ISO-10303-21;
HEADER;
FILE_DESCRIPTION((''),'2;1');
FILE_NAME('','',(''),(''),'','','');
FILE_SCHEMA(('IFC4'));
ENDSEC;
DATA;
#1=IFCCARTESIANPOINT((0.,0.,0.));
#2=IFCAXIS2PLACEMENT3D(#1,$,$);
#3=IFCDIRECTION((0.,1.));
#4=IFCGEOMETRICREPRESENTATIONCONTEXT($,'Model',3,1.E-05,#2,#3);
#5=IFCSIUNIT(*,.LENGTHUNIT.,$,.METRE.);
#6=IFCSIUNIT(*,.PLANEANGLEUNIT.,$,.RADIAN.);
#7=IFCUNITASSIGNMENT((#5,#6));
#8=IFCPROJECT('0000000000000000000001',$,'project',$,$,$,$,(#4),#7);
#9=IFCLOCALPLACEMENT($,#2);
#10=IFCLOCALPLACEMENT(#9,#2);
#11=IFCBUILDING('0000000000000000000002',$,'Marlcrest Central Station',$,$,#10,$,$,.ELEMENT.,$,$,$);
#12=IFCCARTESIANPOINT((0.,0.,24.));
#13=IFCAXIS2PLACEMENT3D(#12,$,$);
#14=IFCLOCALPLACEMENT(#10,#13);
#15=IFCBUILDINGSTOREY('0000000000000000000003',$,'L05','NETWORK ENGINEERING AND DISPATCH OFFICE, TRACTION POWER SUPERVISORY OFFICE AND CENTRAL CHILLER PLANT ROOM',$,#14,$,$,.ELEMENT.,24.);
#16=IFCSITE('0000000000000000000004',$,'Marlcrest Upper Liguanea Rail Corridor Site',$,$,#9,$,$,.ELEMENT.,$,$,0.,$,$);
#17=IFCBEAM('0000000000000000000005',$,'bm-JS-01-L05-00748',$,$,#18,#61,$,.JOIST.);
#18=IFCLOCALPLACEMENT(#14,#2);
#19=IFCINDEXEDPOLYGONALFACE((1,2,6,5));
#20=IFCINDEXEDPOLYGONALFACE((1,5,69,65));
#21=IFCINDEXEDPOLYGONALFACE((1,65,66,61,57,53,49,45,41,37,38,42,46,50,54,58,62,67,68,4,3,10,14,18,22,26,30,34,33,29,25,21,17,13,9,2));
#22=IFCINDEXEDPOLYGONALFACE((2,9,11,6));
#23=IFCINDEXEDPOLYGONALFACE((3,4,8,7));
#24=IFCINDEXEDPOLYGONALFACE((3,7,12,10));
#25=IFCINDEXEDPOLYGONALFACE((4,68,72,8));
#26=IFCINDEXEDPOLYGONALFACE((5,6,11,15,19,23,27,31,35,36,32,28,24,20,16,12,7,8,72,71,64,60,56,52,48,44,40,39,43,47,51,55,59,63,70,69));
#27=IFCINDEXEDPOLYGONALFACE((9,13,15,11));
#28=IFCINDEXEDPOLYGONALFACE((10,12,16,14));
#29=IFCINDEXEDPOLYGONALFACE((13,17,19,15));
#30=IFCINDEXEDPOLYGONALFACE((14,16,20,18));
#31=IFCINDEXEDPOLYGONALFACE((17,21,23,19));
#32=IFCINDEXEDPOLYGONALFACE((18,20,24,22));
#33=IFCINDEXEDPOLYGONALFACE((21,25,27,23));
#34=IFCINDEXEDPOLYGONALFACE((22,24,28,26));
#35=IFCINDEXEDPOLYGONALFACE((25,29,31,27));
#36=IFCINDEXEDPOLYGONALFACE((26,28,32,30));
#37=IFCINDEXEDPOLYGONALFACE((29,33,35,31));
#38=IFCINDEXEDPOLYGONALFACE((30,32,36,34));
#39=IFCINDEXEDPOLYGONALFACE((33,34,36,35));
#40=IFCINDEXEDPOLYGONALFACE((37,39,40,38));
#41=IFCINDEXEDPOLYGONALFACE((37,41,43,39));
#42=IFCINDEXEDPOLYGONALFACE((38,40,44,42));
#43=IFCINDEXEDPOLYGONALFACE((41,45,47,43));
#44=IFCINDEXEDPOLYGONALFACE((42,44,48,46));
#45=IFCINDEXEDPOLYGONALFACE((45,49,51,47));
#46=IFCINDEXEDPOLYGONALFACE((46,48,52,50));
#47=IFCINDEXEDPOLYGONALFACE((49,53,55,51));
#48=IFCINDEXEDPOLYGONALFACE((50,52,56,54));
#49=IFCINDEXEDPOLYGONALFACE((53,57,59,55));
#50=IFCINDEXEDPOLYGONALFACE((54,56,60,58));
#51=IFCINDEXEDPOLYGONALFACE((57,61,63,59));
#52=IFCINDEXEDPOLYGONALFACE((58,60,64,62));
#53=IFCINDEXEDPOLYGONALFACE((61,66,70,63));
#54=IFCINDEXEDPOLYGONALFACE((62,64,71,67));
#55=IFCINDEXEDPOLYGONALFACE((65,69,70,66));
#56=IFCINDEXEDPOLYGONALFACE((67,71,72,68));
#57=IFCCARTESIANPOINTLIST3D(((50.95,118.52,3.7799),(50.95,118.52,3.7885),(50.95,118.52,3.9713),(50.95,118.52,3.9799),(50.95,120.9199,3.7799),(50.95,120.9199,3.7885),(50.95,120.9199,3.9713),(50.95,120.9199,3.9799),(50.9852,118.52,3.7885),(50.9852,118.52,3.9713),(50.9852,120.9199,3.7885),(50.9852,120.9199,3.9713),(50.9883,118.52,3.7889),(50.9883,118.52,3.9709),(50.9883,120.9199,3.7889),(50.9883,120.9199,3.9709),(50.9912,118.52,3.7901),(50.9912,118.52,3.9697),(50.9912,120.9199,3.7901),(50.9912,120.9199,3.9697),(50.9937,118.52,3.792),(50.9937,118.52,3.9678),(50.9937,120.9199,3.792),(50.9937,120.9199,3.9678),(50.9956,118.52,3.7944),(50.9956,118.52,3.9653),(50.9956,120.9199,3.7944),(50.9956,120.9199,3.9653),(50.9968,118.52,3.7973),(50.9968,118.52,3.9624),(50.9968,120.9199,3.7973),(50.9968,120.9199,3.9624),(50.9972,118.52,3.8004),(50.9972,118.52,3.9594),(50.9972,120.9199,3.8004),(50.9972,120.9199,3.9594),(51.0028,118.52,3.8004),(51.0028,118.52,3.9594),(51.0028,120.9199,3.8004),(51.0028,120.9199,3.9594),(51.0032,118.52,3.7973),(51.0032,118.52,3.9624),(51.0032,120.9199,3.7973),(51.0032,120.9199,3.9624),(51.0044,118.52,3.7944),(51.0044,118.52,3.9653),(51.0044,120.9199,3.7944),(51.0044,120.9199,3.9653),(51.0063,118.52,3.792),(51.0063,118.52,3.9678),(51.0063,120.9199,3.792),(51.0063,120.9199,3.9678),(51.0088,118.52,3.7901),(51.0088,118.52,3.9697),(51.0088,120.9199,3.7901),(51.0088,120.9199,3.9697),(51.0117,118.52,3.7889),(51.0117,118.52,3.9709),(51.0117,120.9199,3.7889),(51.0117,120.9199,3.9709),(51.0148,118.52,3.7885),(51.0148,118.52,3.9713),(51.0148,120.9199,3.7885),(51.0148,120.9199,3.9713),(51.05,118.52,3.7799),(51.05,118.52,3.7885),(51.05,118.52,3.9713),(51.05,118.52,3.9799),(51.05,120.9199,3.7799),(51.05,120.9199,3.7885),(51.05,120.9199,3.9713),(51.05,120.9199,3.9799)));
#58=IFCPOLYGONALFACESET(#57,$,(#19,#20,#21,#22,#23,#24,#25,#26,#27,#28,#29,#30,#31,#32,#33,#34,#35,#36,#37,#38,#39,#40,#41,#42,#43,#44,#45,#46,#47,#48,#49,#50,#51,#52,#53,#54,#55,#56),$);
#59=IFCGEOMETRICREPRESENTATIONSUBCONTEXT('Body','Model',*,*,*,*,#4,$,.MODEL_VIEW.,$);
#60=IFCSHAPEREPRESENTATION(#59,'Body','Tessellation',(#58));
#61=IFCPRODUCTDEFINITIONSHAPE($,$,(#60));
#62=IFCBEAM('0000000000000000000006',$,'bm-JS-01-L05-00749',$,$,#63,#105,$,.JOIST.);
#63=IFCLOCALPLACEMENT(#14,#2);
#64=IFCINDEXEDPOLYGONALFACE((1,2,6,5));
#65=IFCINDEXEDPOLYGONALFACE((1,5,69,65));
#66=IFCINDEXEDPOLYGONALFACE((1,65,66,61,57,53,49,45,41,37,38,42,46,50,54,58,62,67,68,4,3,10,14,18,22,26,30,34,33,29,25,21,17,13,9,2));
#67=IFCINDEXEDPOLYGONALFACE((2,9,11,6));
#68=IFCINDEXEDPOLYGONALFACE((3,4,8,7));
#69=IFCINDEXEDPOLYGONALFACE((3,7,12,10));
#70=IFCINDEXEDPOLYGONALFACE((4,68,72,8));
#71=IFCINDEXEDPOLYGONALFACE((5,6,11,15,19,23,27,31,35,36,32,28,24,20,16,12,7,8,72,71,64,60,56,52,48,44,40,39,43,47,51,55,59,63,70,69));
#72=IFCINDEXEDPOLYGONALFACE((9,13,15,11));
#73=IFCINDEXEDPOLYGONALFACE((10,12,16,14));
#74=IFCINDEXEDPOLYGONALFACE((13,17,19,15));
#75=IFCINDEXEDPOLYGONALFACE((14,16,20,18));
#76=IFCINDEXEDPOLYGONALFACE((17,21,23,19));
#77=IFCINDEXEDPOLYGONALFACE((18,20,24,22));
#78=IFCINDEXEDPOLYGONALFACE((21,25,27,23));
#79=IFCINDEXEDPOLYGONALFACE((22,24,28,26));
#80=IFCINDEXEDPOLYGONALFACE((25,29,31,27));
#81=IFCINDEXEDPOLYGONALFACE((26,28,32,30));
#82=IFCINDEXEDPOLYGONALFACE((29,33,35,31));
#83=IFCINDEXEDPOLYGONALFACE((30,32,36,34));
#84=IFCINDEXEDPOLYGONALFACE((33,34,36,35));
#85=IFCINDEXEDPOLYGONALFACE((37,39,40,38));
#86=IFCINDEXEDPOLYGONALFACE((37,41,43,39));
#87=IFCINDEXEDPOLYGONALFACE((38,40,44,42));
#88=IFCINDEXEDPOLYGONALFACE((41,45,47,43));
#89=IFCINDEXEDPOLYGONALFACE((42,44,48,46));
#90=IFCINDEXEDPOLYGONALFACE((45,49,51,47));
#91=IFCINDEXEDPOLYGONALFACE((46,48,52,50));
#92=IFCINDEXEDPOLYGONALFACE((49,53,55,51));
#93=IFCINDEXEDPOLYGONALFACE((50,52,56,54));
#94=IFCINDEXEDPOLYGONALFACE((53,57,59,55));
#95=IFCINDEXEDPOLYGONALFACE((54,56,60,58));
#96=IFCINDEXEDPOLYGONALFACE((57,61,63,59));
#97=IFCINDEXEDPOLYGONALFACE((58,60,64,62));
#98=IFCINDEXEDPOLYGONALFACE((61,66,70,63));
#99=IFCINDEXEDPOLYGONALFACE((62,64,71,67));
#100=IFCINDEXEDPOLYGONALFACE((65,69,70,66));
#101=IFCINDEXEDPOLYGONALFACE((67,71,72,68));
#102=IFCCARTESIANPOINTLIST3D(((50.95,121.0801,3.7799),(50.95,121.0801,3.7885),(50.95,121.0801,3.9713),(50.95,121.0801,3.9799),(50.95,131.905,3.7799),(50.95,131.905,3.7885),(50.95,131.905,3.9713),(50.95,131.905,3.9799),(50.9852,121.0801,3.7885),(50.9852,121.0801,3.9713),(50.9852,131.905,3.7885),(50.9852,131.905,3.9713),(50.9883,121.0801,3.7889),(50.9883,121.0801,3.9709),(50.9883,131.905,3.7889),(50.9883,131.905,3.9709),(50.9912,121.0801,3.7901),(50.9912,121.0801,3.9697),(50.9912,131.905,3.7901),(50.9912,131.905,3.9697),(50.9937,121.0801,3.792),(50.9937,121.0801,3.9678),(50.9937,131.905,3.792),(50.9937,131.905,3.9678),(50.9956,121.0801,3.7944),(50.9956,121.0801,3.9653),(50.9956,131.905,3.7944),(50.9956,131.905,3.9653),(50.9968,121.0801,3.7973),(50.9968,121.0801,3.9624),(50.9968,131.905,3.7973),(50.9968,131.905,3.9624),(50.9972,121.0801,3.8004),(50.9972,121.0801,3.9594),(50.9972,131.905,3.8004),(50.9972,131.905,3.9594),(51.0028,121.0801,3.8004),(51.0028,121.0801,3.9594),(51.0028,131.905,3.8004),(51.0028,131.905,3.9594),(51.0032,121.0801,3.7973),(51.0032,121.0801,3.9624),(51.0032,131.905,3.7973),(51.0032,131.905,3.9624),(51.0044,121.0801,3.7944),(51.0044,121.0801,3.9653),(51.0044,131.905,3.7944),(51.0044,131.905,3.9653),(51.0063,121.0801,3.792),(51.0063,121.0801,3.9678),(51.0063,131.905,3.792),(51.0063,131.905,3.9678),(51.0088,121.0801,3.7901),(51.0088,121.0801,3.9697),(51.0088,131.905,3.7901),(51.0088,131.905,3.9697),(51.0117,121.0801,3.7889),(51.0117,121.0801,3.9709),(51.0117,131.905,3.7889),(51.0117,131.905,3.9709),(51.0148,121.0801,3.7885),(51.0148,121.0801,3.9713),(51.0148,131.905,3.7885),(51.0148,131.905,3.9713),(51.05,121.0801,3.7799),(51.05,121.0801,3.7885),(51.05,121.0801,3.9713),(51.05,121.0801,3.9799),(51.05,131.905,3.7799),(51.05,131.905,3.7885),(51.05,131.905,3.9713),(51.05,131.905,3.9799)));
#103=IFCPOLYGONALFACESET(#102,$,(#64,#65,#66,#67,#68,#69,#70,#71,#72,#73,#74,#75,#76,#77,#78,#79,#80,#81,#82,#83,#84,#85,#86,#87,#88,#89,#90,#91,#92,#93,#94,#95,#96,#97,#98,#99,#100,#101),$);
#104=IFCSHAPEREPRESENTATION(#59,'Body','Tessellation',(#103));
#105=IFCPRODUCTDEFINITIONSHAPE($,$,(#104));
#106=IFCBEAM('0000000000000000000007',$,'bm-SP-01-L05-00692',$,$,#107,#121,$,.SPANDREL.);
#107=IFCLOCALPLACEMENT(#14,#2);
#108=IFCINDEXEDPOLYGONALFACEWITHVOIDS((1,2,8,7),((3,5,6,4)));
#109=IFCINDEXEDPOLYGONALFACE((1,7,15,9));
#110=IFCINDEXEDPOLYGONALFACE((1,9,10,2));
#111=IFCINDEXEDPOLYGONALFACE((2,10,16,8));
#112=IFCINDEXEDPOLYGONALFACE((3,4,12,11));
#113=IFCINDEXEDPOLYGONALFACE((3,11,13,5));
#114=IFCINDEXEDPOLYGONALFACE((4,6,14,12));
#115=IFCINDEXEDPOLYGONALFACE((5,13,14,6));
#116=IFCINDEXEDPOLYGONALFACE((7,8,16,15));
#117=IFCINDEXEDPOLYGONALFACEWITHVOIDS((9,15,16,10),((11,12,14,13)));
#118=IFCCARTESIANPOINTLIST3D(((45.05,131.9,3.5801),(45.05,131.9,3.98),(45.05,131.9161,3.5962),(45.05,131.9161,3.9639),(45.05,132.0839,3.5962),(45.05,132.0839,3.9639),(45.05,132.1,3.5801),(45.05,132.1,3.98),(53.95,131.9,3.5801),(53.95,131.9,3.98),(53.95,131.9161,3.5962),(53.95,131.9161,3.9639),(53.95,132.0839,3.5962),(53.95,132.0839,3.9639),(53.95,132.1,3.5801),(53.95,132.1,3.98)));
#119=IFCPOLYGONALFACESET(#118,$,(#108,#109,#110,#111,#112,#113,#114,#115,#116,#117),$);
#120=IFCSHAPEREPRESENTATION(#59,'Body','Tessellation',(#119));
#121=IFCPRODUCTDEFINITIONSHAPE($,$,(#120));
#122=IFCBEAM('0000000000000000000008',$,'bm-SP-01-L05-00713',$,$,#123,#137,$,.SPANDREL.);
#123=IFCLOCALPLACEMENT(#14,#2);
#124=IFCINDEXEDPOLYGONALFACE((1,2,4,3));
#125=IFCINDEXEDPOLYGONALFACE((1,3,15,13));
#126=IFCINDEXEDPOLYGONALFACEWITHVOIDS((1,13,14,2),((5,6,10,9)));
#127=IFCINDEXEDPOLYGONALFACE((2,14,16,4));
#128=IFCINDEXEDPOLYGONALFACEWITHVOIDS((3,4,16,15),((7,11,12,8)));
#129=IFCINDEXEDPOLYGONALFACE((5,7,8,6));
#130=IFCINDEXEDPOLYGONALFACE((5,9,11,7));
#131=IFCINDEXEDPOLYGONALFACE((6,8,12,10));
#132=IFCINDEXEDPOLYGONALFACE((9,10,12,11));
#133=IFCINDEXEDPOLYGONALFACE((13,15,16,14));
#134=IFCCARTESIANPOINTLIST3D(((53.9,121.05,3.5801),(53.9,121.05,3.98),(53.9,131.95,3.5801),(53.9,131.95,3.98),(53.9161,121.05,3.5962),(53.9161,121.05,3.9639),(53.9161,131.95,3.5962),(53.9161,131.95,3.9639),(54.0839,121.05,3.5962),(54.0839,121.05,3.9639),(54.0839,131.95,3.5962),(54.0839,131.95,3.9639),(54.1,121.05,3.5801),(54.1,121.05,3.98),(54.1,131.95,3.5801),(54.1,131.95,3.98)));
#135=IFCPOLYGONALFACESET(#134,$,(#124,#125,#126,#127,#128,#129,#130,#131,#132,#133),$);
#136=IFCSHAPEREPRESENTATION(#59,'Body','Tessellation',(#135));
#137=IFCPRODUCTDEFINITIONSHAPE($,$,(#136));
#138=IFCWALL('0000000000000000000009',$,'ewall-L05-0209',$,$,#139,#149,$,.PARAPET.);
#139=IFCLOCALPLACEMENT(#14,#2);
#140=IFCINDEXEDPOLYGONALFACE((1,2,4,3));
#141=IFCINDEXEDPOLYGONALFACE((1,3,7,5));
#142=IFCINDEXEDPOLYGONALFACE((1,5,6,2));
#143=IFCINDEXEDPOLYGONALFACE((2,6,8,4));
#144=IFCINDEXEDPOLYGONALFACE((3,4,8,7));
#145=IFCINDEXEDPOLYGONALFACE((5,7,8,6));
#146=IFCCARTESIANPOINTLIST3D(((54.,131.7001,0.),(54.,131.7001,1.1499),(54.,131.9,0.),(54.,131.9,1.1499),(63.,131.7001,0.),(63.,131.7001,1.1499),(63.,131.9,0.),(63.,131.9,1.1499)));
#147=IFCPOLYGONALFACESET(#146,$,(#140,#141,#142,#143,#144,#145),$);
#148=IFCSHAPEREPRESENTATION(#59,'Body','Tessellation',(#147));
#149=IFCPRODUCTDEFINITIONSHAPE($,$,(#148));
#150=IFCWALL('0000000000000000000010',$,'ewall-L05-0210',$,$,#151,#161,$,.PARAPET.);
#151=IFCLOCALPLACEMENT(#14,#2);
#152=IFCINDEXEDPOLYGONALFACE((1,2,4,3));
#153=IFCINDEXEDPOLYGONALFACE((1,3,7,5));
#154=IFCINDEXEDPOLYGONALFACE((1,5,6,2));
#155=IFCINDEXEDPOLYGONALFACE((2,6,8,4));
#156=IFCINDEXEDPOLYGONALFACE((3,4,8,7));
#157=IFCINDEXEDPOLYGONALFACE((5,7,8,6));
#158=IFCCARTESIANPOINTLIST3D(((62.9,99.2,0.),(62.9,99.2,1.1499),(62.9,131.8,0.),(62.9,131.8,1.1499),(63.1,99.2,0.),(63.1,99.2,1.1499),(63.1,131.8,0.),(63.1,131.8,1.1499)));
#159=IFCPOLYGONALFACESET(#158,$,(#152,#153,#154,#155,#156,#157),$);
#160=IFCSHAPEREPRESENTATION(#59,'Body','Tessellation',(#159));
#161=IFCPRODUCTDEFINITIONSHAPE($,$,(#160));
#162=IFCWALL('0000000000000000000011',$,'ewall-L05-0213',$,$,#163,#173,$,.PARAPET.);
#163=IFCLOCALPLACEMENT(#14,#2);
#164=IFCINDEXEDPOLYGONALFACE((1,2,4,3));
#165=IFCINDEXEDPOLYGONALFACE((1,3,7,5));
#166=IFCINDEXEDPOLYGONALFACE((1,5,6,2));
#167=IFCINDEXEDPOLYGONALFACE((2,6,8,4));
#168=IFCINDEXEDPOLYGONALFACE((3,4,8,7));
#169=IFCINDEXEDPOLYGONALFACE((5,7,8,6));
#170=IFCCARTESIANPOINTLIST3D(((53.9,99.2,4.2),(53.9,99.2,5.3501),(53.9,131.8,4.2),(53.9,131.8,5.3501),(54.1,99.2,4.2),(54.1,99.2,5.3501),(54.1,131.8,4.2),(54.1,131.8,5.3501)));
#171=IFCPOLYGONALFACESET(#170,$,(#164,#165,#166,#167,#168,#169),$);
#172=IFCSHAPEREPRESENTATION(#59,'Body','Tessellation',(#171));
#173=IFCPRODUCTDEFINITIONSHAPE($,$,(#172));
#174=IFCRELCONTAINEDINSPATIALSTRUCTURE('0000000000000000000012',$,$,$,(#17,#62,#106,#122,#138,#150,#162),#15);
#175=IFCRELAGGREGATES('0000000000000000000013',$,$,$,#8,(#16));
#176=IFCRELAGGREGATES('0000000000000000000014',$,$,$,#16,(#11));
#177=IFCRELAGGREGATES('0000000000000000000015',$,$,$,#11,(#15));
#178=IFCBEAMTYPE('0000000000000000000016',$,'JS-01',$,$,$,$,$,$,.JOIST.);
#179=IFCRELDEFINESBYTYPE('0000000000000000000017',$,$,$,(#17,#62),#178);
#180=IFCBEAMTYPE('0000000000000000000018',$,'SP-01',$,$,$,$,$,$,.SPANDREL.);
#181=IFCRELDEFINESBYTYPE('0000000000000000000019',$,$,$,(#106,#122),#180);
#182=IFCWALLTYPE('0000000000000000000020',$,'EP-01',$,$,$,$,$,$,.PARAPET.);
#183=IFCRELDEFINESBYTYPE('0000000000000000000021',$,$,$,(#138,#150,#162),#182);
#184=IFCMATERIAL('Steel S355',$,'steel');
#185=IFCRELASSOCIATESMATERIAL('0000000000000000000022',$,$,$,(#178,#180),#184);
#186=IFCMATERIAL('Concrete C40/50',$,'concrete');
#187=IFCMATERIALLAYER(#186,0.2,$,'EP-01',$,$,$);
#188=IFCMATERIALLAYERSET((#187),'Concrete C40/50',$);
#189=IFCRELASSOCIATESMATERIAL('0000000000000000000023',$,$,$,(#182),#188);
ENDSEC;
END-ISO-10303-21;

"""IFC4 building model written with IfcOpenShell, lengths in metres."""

from ifc_helpers import new_model, si_unit, direction, frame, frame_2d, origin, origin_2d, place, context, subcontext, project, spatial, rectangle, hollow_rectangle, i_section, extrude, material, layer, layer_set, material_profile, profile_set, type_object, element, save


model = new_model("IFC4")

# Units and contexts
model_context = context("Model", 3, precision=1e-05, world=origin(), true_north=direction((0.0, 1.0)))
body_context = subcontext(model_context, "Body", "Model", "MODEL_VIEW")
ifc_project = project(units=[si_unit("LENGTHUNIT", "METRE"), si_unit("PLANEANGLEUNIT", "RADIAN")], contexts=[model_context])

# Site, building, storey
site_placement = place(None, origin())
site = spatial("IfcSite", under=ifc_project, at=site_placement, Name="Marlcrest Upper Liguanea Rail Corridor Site", CompositionType="ELEMENT", RefElevation=0.0)
building_placement = place(site_placement, origin())
building = spatial("IfcBuilding", under=site, at=building_placement, Name="Marlcrest Central Station", CompositionType="ELEMENT")
storey_placement = place(building_placement, frame((0.0, 0.0, 24.0)))
storey = spatial("IfcBuildingStorey", under=building, at=storey_placement, Name="L05", Description="NETWORK ENGINEERING AND DISPATCH OFFICE, TRACTION POWER SUPERVISORY OFFICE AND CENTRAL CHILLER PLANT ROOM", CompositionType="ELEMENT", Elevation=24.0)

# Shared definitions
ifc_material_1 = material(Name="Steel S355", Category="steel")

# Beams
ifc_material_profile_1 = material_profile(ifc_material_1, i_section(OverallWidth=0.1001, OverallDepth=0.2, WebThickness=0.0056, FlangeThickness=0.0085, FilletRadius=0.012, at=origin_2d()), Name="IPE 200")
ifc_profile_set_1 = profile_set([ifc_material_profile_1], Name="Steel S355")
beam_type_1 = type_object("IfcBeamType", Name="JS-01", PredefinedType="JOIST", material=ifc_profile_set_1)
beam_1_placement = place(storey_placement, frame((51.0, 118.52, 3.8799), z_axis=(0.0, 1.0, 0.0), x_axis=(-1.0, 0.0, 0.0)))
element("IfcBeam", 1, at=beam_1_placement, inside=storey, type_object=beam_type_1, Name="bm-JS-01-L05-00748", PredefinedType="JOIST", context=body_context, shape_type="SweptSolid", body=[
    extrude(i_section(OverallWidth=0.1001, OverallDepth=0.2, WebThickness=0.0056, FlangeThickness=0.0085, FilletRadius=0.012, at=origin_2d()), origin(), (0.0, 0.0, 1.0), 2.3999),
])
beam_2_placement = place(storey_placement, frame((51.0, 121.0801, 3.8799), z_axis=(0.0, 1.0, 0.0), x_axis=(-1.0, 0.0, 0.0)))
element("IfcBeam", 2, at=beam_2_placement, inside=storey, type_object=beam_type_1, Name="bm-JS-01-L05-00749", PredefinedType="JOIST", context=body_context, shape_type="SweptSolid", body=[
    extrude(i_section(OverallWidth=0.1001, OverallDepth=0.2, WebThickness=0.0056, FlangeThickness=0.0085, FilletRadius=0.012, at=origin_2d()), origin(), (0.0, 0.0, 1.0), 10.825),
])
ifc_material_profile_2 = material_profile(ifc_material_1, hollow_rectangle(XDim=0.2, YDim=0.3999, WallThickness=0.0161, at=origin_2d()), Name="RHS 400x200x16")
ifc_profile_set_2 = profile_set([ifc_material_profile_2], Name="Steel S355")
beam_type_2 = type_object("IfcBeamType", Name="SP-01", PredefinedType="SPANDREL", material=ifc_profile_set_2)
beam_3_placement = place(storey_placement, frame((45.05, 132.0, 3.78), z_axis=(1.0, 0.0, 0.0), x_axis=(0.0, 1.0, 0.0)))
element("IfcBeam", 3, at=beam_3_placement, inside=storey, type_object=beam_type_2, Name="bm-SP-01-L05-00692", PredefinedType="SPANDREL", context=body_context, shape_type="SweptSolid", body=[
    extrude(hollow_rectangle(XDim=0.2, YDim=0.3999, WallThickness=0.0161, at=origin_2d()), origin(), (0.0, 0.0, 1.0), 8.8999),
])
beam_4_placement = place(storey_placement, frame((54.0, 121.05, 3.78), z_axis=(0.0, 1.0, 0.0), x_axis=(-1.0, 0.0, 0.0)))
element("IfcBeam", 4, at=beam_4_placement, inside=storey, type_object=beam_type_2, Name="bm-SP-01-L05-00713", PredefinedType="SPANDREL", context=body_context, shape_type="SweptSolid", body=[
    extrude(hollow_rectangle(XDim=0.2, YDim=0.3999, WallThickness=0.0161, at=origin_2d()), origin(), (0.0, 0.0, 1.0), 10.8999),
])

# Walls
ifc_material_2 = material(Name="Concrete C40/50", Category="concrete")
ifc_layer_1 = layer(ifc_material_2, 0.2, Name="EP-01")
ifc_layer_set_1 = layer_set([ifc_layer_1], Name="Concrete C40/50")
wall_type_1 = type_object("IfcWallType", Name="EP-01", PredefinedType="PARAPET", material=ifc_layer_set_1)
wall_1_placement = place(storey_placement, frame((54.0, 131.8, 0.0), z_axis=(0.0, 0.0, 1.0), x_axis=(1.0, 0.0, 0.0)))
element("IfcWall", 5, at=wall_1_placement, inside=storey, type_object=wall_type_1, Name="ewall-L05-0209", PredefinedType="PARAPET", context=body_context, shape_type="SweptSolid", body=[
    extrude(rectangle(XDim=9.0, YDim=0.2, at=frame_2d((4.5, 0.0))), origin(), (0.0, 0.0, 1.0), 1.1499),
])
wall_2_placement = place(storey_placement, frame((63.0, 131.8, 0.0), z_axis=(0.0, 0.0, 1.0), x_axis=(0.0, -1.0, 0.0)))
element("IfcWall", 6, at=wall_2_placement, inside=storey, type_object=wall_type_1, Name="ewall-L05-0210", PredefinedType="PARAPET", context=body_context, shape_type="SweptSolid", body=[
    extrude(rectangle(XDim=32.6001, YDim=0.2, at=frame_2d((16.3, 0.0))), origin(), (0.0, 0.0, 1.0), 1.1499),
])
wall_3_placement = place(storey_placement, frame((54.0, 131.8, 4.2), z_axis=(0.0, 0.0, 1.0), x_axis=(0.0, -1.0, 0.0)))
element("IfcWall", 7, at=wall_3_placement, inside=storey, type_object=wall_type_1, Name="ewall-L05-0213", PredefinedType="PARAPET", context=body_context, shape_type="SweptSolid", body=[
    extrude(rectangle(XDim=32.6001, YDim=0.2, at=frame_2d((16.3, 0.0))), origin(), (0.0, 0.0, 1.0), 1.1501),
])

save(model, "model.ifc")
